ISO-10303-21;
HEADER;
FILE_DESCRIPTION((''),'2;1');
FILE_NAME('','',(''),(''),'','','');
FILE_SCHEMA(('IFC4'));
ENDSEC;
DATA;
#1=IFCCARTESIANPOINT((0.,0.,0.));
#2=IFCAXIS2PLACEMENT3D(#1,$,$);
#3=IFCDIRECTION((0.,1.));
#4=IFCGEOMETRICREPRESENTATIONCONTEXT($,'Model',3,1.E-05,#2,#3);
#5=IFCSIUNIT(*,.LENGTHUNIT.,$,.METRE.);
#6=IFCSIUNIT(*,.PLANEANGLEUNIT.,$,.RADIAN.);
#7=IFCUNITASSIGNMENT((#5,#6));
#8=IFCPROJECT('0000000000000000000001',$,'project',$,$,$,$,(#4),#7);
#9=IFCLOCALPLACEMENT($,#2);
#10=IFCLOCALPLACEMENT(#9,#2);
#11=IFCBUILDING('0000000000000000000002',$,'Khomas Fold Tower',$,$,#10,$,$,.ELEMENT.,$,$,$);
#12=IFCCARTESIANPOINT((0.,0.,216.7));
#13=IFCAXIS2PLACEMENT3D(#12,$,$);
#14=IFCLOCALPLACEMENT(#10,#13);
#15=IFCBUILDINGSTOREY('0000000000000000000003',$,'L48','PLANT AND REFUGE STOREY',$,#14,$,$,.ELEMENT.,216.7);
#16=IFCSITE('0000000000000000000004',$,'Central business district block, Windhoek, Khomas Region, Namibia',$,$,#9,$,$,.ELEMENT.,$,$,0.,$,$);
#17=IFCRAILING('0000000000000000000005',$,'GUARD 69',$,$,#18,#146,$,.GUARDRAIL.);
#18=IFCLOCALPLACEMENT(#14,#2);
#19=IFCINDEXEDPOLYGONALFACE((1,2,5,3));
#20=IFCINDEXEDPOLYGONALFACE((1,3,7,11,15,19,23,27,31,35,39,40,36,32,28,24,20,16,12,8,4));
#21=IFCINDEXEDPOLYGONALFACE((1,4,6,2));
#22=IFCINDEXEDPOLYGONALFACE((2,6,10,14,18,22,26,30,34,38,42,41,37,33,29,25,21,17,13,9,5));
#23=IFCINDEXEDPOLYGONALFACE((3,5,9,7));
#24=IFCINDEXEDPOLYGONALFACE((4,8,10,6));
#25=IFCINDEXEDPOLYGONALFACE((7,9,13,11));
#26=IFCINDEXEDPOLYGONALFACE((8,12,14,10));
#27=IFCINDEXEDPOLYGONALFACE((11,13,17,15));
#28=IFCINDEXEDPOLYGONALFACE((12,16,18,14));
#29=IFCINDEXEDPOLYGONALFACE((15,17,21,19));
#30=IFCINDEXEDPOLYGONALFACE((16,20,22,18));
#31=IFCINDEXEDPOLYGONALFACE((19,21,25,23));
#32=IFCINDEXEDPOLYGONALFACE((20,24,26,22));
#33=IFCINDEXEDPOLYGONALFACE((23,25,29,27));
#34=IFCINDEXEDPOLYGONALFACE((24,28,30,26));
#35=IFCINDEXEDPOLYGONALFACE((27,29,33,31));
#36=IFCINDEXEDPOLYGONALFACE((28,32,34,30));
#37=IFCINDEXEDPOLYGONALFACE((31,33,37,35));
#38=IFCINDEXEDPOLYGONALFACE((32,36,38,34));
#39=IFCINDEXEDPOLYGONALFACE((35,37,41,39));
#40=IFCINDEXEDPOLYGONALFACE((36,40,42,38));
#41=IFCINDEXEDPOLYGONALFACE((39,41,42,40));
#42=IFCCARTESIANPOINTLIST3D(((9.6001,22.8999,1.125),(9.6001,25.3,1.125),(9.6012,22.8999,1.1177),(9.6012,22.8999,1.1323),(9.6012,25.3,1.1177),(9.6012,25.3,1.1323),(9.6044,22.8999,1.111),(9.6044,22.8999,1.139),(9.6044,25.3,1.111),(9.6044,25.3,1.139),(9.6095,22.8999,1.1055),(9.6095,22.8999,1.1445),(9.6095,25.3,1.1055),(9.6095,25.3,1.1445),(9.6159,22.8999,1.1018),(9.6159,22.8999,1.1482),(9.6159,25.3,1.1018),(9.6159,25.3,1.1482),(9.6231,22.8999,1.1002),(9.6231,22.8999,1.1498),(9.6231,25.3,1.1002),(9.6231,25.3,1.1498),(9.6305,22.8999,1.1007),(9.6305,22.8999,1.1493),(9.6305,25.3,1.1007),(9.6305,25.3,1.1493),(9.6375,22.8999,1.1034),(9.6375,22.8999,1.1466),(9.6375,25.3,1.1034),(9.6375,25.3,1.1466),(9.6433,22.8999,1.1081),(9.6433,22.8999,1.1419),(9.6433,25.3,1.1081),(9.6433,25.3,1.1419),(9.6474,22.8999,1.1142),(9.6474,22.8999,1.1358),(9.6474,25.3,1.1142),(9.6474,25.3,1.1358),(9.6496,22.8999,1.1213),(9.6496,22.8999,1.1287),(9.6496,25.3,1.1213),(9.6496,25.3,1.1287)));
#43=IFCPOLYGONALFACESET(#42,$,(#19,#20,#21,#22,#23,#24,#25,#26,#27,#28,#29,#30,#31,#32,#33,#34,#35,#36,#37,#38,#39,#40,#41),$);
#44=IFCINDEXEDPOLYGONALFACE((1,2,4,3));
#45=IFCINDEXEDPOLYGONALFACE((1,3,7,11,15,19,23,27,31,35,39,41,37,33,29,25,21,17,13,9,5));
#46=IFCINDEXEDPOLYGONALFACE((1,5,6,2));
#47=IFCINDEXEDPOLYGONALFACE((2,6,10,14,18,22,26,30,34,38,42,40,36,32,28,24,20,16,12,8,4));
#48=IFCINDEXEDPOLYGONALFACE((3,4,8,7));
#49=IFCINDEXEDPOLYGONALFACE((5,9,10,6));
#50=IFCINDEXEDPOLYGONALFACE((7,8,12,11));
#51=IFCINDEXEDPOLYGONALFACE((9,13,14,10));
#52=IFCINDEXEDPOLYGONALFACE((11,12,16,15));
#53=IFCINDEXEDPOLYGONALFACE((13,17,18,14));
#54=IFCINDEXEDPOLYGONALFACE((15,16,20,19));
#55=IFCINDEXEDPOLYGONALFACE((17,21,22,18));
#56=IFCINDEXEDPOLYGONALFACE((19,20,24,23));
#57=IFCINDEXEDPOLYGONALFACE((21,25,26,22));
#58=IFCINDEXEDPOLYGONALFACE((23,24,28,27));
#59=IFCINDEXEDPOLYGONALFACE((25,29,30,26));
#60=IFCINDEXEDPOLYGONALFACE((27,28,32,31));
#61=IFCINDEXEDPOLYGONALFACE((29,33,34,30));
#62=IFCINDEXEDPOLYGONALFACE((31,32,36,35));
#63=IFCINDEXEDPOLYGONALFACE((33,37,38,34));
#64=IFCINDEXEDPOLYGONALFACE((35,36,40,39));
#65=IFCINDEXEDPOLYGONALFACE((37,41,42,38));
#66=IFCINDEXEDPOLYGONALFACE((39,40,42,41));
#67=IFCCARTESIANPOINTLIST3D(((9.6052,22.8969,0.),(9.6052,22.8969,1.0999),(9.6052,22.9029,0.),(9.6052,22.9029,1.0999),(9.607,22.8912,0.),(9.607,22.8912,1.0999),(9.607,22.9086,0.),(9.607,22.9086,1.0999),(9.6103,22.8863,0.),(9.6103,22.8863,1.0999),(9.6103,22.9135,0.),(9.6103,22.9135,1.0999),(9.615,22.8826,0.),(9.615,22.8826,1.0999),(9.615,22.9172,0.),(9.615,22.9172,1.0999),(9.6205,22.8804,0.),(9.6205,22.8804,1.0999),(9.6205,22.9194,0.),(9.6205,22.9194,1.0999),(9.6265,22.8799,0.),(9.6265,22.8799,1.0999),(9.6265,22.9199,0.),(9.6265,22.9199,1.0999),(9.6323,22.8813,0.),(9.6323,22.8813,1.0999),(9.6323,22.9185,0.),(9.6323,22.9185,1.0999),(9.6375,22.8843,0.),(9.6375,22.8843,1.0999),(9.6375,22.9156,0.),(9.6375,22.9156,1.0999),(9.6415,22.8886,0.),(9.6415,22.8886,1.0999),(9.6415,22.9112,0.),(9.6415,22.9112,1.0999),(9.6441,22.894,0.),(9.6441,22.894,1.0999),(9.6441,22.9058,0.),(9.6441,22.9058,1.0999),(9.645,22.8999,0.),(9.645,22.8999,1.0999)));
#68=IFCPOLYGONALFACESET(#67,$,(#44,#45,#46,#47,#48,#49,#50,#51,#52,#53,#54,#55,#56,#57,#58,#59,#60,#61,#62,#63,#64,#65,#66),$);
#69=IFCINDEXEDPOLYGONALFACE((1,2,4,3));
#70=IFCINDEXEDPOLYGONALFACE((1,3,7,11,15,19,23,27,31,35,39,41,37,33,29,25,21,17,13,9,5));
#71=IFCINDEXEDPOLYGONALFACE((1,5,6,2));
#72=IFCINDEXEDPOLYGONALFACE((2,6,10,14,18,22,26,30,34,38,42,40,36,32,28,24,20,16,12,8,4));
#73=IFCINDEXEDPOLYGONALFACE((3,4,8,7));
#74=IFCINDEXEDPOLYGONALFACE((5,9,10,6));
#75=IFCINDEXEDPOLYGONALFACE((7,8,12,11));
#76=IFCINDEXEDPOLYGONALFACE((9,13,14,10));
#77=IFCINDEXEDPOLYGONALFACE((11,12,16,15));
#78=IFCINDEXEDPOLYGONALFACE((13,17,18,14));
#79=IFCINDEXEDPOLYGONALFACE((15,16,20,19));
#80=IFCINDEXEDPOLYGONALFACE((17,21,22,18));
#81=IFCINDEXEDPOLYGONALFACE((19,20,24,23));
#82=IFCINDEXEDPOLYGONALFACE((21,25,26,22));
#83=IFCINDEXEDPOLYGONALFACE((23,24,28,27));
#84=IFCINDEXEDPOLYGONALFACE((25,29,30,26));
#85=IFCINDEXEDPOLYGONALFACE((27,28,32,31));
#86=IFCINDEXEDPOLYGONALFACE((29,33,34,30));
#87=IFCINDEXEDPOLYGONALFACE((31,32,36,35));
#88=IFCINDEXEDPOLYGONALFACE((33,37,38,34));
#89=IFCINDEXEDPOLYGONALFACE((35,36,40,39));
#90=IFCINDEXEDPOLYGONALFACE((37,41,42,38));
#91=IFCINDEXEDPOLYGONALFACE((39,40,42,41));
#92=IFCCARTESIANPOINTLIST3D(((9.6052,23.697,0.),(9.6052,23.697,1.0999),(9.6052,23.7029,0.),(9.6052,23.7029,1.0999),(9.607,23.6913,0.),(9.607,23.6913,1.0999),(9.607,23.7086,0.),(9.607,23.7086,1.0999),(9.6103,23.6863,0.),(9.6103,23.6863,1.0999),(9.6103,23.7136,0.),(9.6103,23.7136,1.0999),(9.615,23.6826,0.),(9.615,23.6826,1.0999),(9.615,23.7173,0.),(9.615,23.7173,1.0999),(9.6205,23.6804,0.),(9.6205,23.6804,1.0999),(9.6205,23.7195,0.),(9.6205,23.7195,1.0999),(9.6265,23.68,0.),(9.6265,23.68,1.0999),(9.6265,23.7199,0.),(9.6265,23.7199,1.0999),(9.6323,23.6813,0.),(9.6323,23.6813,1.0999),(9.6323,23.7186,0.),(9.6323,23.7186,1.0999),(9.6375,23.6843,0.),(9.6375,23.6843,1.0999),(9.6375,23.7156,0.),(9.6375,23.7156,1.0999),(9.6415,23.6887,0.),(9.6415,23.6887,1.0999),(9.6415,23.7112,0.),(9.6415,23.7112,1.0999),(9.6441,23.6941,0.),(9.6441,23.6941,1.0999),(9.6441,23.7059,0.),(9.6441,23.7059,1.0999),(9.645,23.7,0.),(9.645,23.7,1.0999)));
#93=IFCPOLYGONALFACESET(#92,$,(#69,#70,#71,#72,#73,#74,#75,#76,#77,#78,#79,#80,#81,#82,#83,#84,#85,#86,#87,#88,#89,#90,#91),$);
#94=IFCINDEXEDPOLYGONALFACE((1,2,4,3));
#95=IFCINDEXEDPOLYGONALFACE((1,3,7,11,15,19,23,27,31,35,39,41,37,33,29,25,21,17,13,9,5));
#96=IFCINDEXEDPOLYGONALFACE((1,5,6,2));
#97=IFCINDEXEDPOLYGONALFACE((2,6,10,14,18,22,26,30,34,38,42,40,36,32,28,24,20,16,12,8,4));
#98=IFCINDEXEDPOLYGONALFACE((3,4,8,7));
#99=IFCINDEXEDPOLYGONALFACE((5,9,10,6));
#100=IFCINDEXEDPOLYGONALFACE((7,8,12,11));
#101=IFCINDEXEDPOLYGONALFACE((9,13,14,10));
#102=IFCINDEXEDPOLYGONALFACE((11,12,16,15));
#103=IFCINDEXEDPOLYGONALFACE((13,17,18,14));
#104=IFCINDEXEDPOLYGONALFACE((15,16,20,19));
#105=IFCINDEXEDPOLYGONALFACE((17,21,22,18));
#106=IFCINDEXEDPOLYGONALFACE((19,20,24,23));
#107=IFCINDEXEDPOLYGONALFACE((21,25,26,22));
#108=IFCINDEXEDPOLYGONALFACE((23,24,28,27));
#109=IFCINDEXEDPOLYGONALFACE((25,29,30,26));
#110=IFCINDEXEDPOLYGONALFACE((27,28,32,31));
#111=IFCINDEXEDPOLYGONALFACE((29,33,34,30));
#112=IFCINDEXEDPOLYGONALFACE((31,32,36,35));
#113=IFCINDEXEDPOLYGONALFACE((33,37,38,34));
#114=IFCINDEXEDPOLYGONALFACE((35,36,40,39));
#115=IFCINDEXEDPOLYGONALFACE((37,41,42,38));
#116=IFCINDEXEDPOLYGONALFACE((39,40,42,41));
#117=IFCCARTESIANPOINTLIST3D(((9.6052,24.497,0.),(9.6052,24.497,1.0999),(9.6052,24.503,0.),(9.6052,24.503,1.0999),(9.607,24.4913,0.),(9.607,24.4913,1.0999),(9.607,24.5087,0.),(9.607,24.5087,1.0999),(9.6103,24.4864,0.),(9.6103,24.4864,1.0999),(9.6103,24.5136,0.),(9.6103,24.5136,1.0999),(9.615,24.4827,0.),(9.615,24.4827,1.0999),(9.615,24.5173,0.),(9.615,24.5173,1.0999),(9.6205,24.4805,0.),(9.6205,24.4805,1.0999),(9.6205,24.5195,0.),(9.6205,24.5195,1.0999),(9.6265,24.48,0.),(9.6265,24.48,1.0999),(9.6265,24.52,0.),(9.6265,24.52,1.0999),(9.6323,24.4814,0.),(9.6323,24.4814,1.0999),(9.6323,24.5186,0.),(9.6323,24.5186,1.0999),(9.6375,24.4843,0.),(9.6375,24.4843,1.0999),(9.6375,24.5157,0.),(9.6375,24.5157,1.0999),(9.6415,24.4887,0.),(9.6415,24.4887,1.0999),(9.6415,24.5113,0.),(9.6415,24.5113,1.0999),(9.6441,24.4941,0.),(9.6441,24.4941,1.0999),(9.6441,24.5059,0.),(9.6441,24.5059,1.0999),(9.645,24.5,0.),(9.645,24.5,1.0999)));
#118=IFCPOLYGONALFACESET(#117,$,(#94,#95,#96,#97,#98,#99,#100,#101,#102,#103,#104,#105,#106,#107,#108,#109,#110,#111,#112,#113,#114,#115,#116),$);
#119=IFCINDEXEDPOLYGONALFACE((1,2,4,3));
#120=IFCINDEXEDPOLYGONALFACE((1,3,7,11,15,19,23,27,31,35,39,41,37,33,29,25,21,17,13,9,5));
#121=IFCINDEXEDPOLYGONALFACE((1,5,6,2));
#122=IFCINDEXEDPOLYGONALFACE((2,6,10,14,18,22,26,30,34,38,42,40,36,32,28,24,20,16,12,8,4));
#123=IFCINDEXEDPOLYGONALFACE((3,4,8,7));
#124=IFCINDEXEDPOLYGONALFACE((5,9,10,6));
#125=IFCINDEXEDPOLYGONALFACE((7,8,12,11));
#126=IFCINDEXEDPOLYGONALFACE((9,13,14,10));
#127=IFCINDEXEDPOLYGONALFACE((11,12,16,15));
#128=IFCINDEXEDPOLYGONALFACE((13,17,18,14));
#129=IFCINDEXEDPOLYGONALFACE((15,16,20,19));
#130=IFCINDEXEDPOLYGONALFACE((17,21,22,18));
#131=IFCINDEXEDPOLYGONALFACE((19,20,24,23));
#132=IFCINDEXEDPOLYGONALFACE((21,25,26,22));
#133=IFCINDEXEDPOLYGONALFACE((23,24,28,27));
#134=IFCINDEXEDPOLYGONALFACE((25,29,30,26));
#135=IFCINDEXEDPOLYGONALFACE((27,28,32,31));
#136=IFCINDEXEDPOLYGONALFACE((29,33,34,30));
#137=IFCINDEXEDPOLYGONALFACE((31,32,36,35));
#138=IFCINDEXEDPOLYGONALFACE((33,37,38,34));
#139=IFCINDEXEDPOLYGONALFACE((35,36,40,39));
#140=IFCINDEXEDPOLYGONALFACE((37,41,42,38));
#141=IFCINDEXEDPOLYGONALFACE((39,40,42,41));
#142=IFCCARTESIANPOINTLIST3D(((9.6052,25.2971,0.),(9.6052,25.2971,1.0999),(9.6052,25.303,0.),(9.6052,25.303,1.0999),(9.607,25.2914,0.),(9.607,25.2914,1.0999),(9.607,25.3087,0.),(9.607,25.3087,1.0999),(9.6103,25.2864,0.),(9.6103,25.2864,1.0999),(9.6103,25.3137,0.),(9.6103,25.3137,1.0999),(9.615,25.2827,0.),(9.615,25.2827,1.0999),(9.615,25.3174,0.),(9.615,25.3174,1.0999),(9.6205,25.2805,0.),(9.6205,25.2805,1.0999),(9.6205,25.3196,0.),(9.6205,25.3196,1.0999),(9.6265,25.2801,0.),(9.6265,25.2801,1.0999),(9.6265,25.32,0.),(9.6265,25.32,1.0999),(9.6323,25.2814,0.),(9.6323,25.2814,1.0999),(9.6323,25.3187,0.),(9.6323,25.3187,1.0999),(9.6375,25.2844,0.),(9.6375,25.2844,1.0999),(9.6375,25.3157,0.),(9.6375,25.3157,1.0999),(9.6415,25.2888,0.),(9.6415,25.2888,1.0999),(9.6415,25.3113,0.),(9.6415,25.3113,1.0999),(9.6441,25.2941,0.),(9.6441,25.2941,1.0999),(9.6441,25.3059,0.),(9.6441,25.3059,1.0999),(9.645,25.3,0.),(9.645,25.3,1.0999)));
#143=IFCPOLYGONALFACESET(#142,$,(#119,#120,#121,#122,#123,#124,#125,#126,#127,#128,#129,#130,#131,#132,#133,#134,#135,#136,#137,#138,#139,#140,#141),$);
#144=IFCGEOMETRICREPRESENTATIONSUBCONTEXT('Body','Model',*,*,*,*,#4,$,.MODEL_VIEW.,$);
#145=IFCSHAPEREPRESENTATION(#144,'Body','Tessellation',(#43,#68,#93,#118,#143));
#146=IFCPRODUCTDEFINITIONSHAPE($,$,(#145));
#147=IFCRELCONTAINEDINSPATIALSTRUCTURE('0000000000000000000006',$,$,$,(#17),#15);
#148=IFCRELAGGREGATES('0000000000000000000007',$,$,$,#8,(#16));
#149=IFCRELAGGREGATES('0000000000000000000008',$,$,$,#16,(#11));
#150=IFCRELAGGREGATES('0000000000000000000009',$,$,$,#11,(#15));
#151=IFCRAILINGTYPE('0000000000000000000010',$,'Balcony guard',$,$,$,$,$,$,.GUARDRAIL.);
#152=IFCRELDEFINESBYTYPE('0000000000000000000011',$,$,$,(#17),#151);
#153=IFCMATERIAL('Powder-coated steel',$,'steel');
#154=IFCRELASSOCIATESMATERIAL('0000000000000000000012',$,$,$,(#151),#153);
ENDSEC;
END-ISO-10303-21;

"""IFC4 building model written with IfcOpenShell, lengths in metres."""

from ifc_helpers import new_model, si_unit, direction, frame, origin, origin_2d, place, context, subcontext, project, spatial, circle, extrude, source, transform, mapped, material, type_object, element, save


model = new_model("IFC4")

# Units and contexts
model_context = context("Model", 3, precision=1e-05, world=origin(), true_north=direction((0.0, 1.0)))
body_context = subcontext(model_context, "Body", "Model", "MODEL_VIEW")
ifc_project = project(units=[si_unit("LENGTHUNIT", "METRE"), si_unit("PLANEANGLEUNIT", "RADIAN")], contexts=[model_context])

# Site, building, storey
site_placement = place(None, origin())
site = spatial("IfcSite", under=ifc_project, at=site_placement, Name="Central business district block, Windhoek, Khomas Region, Namibia", CompositionType="ELEMENT", RefElevation=0.0)
building_placement = place(site_placement, origin())
building = spatial("IfcBuilding", under=site, at=building_placement, Name="Khomas Fold Tower", CompositionType="ELEMENT")
storey_placement = place(building_placement, frame((0.0, 0.0, 216.7)))
storey = spatial("IfcBuildingStorey", under=building, at=storey_placement, Name="L48", Description="PLANT AND REFUGE STOREY", CompositionType="ELEMENT", Elevation=216.7)

# Railing
ifc_material_1 = material(Name="Powder-coated steel", Category="steel")
railing_type = type_object("IfcRailingType", Name="Balcony guard", PredefinedType="GUARDRAIL", material=ifc_material_1)
shared_shape_1 = source(origin(), body_context, "Body", "SweptSolid", [
    extrude(circle(Radius=0.0249, at=origin_2d()), frame((0.0, 0.0, 1.125), z_axis=(0.0, 1.0, 0.0), x_axis=(-1.0, 0.0, 0.0)), (0.0, 0.0, 1.0), 2.4001),
    extrude(circle(Radius=0.02, at=origin_2d()), origin(), (0.0, 0.0, 1.0), 1.0999),
    extrude(circle(Radius=0.02, at=origin_2d()), frame((0.0, 0.8, 0.0)), (0.0, 0.0, 1.0), 1.0999),
    extrude(circle(Radius=0.02, at=origin_2d()), frame((0.0, 1.6001, 0.0)), (0.0, 0.0, 1.0), 1.0999),
    extrude(circle(Radius=0.02, at=origin_2d()), frame((0.0, 2.4001, 0.0)), (0.0, 0.0, 1.0), 1.0999),
])
for number, where, name in (
    (1, (9.625, 22.8999, 0.0), "GUARD 69"),
):
    element("IfcRailing", number, at=place(storey_placement, frame(where)), inside=storey, type_object=railing_type, Name=name, PredefinedType="GUARDRAIL", context=body_context, shape_type="MappedRepresentation", body=[
        mapped(shared_shape_1, transform((0.0, 0.0, 0.0))),
    ])

save(model, "model.ifc")
